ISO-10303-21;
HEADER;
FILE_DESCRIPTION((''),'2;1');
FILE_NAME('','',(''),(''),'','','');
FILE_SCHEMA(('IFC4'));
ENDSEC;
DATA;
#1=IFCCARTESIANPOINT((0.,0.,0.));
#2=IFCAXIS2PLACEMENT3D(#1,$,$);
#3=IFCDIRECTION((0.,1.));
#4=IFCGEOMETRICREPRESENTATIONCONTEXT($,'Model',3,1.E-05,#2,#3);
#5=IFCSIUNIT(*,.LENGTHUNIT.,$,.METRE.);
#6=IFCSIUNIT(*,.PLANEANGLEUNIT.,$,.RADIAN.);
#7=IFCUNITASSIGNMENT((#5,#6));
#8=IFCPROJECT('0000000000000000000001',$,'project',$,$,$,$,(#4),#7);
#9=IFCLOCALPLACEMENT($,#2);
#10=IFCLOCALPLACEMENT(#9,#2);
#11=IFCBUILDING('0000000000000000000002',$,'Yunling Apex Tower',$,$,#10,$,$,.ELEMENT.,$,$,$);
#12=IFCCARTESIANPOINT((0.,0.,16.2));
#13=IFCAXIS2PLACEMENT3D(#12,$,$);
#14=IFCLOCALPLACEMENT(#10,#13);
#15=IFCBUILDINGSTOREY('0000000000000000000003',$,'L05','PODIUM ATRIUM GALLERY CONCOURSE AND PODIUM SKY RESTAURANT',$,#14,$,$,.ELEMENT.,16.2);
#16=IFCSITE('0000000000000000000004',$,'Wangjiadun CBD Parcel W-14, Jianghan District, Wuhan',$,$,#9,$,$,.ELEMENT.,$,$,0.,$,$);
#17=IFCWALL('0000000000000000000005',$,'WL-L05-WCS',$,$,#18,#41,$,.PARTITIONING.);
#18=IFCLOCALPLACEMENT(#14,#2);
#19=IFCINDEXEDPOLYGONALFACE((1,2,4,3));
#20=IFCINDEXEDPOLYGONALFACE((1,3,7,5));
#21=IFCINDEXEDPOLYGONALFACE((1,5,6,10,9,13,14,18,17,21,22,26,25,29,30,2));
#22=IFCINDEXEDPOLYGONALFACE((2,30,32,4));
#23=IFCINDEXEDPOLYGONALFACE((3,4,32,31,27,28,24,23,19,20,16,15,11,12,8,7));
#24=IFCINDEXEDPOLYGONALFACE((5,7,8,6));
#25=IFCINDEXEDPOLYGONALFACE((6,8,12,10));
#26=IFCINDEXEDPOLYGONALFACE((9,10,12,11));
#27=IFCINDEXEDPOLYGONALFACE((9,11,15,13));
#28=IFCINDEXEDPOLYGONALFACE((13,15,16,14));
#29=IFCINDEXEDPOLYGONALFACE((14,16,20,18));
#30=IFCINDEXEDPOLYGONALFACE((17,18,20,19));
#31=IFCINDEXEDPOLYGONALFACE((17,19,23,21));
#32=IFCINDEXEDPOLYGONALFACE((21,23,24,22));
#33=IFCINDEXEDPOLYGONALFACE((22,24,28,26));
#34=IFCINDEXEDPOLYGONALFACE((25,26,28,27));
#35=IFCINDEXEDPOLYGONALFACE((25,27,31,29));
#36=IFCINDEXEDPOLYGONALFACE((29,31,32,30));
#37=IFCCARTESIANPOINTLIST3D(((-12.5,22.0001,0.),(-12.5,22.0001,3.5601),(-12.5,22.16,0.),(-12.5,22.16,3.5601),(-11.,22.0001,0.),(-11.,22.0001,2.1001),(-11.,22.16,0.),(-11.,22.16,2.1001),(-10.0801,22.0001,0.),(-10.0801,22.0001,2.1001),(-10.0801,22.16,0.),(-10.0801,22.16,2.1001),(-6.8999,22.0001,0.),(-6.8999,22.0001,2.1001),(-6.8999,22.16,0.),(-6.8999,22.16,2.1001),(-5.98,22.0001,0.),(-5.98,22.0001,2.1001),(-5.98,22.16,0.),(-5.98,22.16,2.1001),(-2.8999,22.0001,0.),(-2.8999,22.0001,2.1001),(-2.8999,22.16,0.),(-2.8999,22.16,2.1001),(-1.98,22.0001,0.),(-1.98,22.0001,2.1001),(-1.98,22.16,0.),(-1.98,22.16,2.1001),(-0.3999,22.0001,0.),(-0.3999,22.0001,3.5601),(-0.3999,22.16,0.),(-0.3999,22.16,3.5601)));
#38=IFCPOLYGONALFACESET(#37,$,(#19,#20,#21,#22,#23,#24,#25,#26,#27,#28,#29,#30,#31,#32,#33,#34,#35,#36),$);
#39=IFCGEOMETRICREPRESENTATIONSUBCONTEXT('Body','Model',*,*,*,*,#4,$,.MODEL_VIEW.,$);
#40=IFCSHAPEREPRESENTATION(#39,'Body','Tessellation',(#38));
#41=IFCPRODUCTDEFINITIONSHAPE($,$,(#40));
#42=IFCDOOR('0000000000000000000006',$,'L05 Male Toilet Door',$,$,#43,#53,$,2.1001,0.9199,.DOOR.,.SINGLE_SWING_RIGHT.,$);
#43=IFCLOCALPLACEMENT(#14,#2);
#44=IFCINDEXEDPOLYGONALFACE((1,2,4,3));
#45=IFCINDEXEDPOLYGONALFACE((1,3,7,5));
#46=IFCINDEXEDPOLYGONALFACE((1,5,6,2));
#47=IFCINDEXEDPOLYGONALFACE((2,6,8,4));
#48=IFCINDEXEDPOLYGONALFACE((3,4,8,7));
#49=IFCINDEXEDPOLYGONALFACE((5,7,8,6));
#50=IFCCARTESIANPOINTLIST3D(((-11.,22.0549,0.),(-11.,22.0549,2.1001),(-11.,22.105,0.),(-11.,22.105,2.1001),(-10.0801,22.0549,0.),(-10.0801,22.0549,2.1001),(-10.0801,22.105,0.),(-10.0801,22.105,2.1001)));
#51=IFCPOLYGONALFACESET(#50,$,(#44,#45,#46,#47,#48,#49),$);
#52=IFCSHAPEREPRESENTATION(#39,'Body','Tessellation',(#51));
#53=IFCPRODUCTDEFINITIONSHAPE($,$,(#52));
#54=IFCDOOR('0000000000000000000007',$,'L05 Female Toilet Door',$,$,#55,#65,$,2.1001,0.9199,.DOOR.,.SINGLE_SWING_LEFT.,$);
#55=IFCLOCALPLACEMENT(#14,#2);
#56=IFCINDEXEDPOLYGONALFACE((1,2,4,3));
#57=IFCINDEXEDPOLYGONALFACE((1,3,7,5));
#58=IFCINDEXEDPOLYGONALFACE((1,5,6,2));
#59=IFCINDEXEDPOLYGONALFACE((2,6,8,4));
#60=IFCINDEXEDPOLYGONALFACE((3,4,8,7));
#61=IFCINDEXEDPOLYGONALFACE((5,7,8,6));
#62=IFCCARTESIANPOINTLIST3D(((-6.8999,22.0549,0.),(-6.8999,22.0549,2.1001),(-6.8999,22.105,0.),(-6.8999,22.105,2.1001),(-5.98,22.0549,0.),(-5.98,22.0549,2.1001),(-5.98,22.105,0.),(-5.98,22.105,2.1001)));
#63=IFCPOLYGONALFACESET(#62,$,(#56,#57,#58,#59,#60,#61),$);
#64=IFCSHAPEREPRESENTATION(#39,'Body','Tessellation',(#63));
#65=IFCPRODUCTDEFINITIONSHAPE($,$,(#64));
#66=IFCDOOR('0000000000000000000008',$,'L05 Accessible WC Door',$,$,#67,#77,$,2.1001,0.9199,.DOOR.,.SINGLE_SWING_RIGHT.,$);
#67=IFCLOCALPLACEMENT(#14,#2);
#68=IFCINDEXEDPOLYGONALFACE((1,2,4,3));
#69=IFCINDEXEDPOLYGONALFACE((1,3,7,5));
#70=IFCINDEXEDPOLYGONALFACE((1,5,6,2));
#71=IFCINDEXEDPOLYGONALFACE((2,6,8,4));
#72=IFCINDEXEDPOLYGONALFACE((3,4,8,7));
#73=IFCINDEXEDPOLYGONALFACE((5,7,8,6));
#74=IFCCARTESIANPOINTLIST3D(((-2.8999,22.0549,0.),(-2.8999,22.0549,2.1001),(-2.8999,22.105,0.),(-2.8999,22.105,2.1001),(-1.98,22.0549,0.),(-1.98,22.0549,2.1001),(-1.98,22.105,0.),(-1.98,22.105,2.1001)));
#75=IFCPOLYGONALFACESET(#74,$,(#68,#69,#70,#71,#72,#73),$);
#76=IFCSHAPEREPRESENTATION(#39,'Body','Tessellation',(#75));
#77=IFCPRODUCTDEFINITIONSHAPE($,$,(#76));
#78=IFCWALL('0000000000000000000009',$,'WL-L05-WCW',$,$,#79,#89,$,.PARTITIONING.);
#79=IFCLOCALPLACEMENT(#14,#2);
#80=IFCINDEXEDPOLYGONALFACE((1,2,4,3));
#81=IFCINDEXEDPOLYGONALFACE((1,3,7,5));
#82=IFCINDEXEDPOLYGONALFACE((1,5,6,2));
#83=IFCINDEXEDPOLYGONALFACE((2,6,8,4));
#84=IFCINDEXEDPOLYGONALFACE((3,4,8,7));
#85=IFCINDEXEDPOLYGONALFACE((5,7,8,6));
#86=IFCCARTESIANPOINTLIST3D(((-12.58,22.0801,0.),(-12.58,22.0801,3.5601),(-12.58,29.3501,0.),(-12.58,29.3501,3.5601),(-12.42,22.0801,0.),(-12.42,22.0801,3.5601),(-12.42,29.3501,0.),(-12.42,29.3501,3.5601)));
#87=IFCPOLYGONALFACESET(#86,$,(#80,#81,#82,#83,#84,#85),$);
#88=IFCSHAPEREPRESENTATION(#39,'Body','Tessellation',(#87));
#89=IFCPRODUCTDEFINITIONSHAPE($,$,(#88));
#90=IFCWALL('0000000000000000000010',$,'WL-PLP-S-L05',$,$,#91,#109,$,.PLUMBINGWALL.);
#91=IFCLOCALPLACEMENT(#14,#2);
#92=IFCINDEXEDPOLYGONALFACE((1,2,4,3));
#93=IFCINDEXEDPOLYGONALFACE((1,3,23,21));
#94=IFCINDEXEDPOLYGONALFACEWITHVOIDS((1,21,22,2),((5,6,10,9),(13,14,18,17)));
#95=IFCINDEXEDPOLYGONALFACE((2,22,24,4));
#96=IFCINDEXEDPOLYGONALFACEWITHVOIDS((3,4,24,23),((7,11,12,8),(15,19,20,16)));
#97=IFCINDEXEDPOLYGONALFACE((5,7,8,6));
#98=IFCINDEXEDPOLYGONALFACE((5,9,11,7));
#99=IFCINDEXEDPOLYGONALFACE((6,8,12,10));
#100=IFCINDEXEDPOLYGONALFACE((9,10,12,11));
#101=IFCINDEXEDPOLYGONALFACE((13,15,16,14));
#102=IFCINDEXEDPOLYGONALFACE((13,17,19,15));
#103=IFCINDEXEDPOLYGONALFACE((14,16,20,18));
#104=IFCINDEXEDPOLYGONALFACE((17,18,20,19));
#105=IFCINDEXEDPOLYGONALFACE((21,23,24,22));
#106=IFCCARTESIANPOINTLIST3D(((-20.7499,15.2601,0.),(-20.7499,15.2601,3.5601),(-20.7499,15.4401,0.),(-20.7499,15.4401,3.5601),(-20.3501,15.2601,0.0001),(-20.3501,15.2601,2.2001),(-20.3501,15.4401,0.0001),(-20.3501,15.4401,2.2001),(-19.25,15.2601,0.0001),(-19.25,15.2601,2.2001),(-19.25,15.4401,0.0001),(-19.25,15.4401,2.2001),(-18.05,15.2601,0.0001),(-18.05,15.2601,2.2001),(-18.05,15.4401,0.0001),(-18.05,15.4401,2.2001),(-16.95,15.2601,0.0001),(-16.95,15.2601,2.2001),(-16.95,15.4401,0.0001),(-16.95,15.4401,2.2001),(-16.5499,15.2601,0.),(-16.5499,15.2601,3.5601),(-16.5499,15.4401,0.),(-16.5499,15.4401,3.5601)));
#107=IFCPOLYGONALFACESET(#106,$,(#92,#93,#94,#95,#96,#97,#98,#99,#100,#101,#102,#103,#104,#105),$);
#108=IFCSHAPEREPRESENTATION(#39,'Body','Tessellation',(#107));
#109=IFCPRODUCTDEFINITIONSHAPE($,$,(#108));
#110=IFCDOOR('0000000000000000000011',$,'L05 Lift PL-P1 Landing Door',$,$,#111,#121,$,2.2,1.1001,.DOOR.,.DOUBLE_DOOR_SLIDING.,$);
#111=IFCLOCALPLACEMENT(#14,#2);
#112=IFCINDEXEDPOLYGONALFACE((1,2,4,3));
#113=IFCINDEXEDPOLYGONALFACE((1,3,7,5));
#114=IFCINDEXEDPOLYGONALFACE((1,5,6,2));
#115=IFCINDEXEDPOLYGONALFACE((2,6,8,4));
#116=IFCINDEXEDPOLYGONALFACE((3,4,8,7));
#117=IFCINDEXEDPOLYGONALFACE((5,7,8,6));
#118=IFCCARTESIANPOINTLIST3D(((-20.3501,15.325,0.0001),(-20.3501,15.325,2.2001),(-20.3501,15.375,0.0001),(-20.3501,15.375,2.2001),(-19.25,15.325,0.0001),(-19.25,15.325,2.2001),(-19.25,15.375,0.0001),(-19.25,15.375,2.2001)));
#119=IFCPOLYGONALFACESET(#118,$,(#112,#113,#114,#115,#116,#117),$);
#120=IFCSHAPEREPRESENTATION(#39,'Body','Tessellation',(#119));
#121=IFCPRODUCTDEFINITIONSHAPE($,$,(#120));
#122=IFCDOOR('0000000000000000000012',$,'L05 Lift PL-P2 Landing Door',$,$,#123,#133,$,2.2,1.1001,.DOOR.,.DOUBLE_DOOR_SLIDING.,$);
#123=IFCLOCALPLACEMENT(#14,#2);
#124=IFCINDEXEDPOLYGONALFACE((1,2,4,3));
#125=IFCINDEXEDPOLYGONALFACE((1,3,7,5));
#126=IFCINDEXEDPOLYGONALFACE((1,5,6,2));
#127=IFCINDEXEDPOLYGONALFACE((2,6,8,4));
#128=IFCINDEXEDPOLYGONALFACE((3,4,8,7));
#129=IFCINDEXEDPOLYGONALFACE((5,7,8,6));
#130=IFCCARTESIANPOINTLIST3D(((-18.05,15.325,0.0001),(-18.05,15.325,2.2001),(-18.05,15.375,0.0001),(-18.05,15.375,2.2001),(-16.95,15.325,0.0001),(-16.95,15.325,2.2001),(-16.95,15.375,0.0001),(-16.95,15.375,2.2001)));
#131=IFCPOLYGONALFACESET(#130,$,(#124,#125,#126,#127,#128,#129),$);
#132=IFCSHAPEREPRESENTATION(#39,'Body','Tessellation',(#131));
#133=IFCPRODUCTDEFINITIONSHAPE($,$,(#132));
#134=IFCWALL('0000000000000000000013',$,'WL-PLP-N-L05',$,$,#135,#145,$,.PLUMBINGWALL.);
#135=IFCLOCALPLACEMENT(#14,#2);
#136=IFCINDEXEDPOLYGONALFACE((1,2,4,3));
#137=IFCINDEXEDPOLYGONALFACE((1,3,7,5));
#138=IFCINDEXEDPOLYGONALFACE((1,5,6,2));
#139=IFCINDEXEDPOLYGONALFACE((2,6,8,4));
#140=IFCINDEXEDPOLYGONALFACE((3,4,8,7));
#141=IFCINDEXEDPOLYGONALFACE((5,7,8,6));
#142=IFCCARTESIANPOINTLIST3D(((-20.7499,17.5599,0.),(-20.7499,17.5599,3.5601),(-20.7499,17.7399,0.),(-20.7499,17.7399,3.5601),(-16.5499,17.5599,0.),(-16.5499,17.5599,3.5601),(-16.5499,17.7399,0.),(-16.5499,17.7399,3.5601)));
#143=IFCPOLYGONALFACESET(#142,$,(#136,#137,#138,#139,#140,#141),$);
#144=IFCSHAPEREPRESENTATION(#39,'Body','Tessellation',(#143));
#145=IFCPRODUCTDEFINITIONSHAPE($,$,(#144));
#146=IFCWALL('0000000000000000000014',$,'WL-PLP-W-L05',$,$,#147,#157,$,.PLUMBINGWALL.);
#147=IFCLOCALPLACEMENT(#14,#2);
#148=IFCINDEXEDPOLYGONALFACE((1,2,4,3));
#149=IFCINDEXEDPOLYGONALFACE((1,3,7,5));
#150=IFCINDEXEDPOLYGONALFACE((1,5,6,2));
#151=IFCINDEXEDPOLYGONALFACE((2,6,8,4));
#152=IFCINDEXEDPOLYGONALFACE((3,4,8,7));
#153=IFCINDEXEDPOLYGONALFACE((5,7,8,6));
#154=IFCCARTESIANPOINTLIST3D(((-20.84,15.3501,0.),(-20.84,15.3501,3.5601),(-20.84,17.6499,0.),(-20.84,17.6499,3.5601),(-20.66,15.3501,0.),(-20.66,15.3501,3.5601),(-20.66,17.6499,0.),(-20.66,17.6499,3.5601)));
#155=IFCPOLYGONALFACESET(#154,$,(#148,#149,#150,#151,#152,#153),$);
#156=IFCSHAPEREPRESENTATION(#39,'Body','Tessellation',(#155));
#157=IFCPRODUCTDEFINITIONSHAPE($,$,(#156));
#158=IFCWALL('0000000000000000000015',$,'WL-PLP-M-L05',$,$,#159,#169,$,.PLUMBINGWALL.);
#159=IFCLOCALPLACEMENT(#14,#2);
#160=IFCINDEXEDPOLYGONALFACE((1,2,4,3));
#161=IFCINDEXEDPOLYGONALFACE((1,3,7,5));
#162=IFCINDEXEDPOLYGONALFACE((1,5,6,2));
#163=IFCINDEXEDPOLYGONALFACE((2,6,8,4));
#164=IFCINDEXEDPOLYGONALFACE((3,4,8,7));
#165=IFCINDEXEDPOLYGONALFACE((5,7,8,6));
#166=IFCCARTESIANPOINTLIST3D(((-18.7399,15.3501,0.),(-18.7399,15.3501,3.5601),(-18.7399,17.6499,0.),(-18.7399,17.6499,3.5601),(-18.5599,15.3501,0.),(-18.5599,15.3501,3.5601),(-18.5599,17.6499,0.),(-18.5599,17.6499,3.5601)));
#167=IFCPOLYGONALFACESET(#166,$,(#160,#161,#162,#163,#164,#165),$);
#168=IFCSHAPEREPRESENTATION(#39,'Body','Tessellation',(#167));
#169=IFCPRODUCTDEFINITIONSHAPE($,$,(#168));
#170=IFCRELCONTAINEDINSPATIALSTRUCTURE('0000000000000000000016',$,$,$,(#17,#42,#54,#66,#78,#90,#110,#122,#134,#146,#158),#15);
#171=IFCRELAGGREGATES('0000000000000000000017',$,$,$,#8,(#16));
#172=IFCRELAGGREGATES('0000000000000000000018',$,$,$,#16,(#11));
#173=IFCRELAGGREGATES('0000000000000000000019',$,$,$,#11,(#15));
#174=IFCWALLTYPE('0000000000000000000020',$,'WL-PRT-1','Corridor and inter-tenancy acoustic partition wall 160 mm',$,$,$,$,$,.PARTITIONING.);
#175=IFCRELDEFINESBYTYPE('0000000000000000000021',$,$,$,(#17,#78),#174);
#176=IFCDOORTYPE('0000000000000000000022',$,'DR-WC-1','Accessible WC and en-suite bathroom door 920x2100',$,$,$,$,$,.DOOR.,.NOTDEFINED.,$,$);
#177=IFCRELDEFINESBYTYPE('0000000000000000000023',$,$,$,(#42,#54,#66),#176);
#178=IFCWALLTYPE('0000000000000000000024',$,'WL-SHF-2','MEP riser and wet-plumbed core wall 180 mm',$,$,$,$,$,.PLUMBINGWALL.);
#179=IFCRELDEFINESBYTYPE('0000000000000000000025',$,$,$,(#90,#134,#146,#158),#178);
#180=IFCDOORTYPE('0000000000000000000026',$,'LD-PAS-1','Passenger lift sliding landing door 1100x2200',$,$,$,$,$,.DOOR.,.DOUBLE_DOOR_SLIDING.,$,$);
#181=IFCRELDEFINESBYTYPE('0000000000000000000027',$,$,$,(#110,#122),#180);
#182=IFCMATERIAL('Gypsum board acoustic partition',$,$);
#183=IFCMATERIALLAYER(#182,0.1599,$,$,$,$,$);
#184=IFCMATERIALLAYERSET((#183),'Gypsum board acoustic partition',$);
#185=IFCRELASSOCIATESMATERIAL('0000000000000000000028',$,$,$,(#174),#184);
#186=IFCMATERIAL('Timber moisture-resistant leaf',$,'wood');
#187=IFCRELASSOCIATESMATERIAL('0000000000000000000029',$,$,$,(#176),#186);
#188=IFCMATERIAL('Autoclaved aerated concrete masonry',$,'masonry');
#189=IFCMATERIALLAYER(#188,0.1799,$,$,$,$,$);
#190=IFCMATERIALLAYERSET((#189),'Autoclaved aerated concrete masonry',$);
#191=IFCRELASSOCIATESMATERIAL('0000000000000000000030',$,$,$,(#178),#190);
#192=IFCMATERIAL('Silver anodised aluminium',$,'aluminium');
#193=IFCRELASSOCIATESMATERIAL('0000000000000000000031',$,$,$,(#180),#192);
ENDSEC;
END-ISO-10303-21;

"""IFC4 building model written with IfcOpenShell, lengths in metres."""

from ifc_helpers import new_model, si_unit, direction, frame, frame_2d, origin, place, context, subcontext, project, spatial, rectangle, extrude, material, layer, layer_set, type_object, element, fill, save


model = new_model("IFC4")

# Units and contexts
model_context = context("Model", 3, precision=1e-05, world=origin(), true_north=direction((0.0, 1.0)))
body_context = subcontext(model_context, "Body", "Model", "MODEL_VIEW")
ifc_project = project(units=[si_unit("LENGTHUNIT", "METRE"), si_unit("PLANEANGLEUNIT", "RADIAN")], contexts=[model_context])

# Site, building, storey
site_placement = place(None, origin())
site = spatial("IfcSite", under=ifc_project, at=site_placement, Name="Wangjiadun CBD Parcel W-14, Jianghan District, Wuhan", CompositionType="ELEMENT", RefElevation=0.0)
building_placement = place(site_placement, origin())
building = spatial("IfcBuilding", under=site, at=building_placement, Name="Yunling Apex Tower", CompositionType="ELEMENT")
storey_placement = place(building_placement, frame((0.0, 0.0, 16.2)))
storey = spatial("IfcBuildingStorey", under=building, at=storey_placement, Name="L05", Description="PODIUM ATRIUM GALLERY CONCOURSE AND PODIUM SKY RESTAURANT", CompositionType="ELEMENT", Elevation=16.2)

# Wall, openings, doors
ifc_material_1 = material(Name="Gypsum board acoustic partition")
ifc_layer_1 = layer(ifc_material_1, 0.1599)
ifc_layer_set_1 = layer_set([ifc_layer_1], Name="Gypsum board acoustic partition")
wall_type_1 = type_object("IfcWallType", Name="WL-PRT-1", Description="Corridor and inter-tenancy acoustic partition wall 160 mm", PredefinedType="PARTITIONING", material=ifc_layer_set_1)
wall_1_placement = place(storey_placement, frame((-12.5, 22.0801, 0.0), z_axis=(0.0, 0.0, 1.0), x_axis=(1.0, 0.0, 0.0)))
wall_1 = element("IfcWall", 1, at=wall_1_placement, inside=storey, type_object=wall_type_1, Name="WL-L05-WCS", PredefinedType="PARTITIONING", context=body_context, shape_type="SweptSolid", body=[
    extrude(rectangle(XDim=12.1001, YDim=0.1599, at=frame_2d((6.05, 0.0))), origin(), (0.0, 0.0, 1.0), 3.5601),
])
opening_1_placement = place(wall_1_placement, frame((1.5, 0.0, 0.0)))
opening_1 = element("IfcOpeningElement", 2, at=opening_1_placement, cuts=wall_1, PredefinedType="OPENING", context=body_context, shape_type="SweptSolid", body=[
    extrude(rectangle(XDim=0.9199, YDim=2.1001, at=frame_2d((0.46, 1.05))), frame((0.0, 0.0898, 0.0), z_axis=(0.0, -1.0, 0.0), x_axis=(1.0, 0.0, 0.0)), (0.0, 0.0, 1.0), 0.1799),
])
opening_2_placement = place(wall_1_placement, frame((5.6001, 0.0, 0.0)))
opening_2 = element("IfcOpeningElement", 3, at=opening_2_placement, cuts=wall_1, PredefinedType="OPENING", context=body_context, shape_type="SweptSolid", body=[
    extrude(rectangle(XDim=0.9199, YDim=2.1001, at=frame_2d((0.46, 1.05))), frame((0.0, 0.0898, 0.0), z_axis=(0.0, -1.0, 0.0), x_axis=(1.0, 0.0, 0.0)), (0.0, 0.0, 1.0), 0.1799),
])
opening_3_placement = place(wall_1_placement, frame((9.6001, 0.0, 0.0)))
opening_3 = element("IfcOpeningElement", 4, at=opening_3_placement, cuts=wall_1, PredefinedType="OPENING", context=body_context, shape_type="SweptSolid", body=[
    extrude(rectangle(XDim=0.9199, YDim=2.1001, at=frame_2d((0.46, 1.05))), frame((0.0, 0.0898, 0.0), z_axis=(0.0, -1.0, 0.0), x_axis=(1.0, 0.0, 0.0)), (0.0, 0.0, 1.0), 0.1799),
])
ifc_material_2 = material(Name="Timber moisture-resistant leaf", Category="wood")
door_type_1 = type_object("IfcDoorType", Name="DR-WC-1", Description="Accessible WC and en-suite bathroom door 920x2100", OperationType="NOTDEFINED", PredefinedType="DOOR", material=ifc_material_2)
door_1_placement = place(opening_1_placement, origin())
door_1 = element("IfcDoor", 5, at=door_1_placement, inside=storey, type_object=door_type_1, Name="L05 Male Toilet Door", OperationType="SINGLE_SWING_RIGHT", OverallHeight=2.1001, OverallWidth=0.9199, PredefinedType="DOOR", context=body_context, shape_type="SweptSolid", body=[
    extrude(rectangle(XDim=0.9199, YDim=2.1001, at=frame_2d((0.46, 1.05))), frame((0.0, 0.0249, 0.0), z_axis=(0.0, -1.0, 0.0), x_axis=(1.0, 0.0, 0.0)), (0.0, 0.0, 1.0), 0.05),
])
fill(opening_1, door_1)
door_2_placement = place(opening_2_placement, origin())
door_2 = element("IfcDoor", 6, at=door_2_placement, inside=storey, type_object=door_type_1, Name="L05 Female Toilet Door", OperationType="SINGLE_SWING_LEFT", OverallHeight=2.1001, OverallWidth=0.9199, PredefinedType="DOOR", context=body_context, shape_type="SweptSolid", body=[
    extrude(rectangle(XDim=0.9199, YDim=2.1001, at=frame_2d((0.46, 1.05))), frame((0.0, 0.0249, 0.0), z_axis=(0.0, -1.0, 0.0), x_axis=(1.0, 0.0, 0.0)), (0.0, 0.0, 1.0), 0.05),
])
fill(opening_2, door_2)
door_3_placement = place(opening_3_placement, origin())
door_3 = element("IfcDoor", 7, at=door_3_placement, inside=storey, type_object=door_type_1, Name="L05 Accessible WC Door", OperationType="SINGLE_SWING_RIGHT", OverallHeight=2.1001, OverallWidth=0.9199, PredefinedType="DOOR", context=body_context, shape_type="SweptSolid", body=[
    extrude(rectangle(XDim=0.9199, YDim=2.1001, at=frame_2d((0.46, 1.05))), frame((0.0, 0.0249, 0.0), z_axis=(0.0, -1.0, 0.0), x_axis=(1.0, 0.0, 0.0)), (0.0, 0.0, 1.0), 0.05),
])
fill(opening_3, door_3)

# Wall
wall_2_placement = place(storey_placement, frame((-12.5, 22.0801, 0.0), z_axis=(0.0, 0.0, 1.0), x_axis=(0.0, 1.0, 0.0)))
element("IfcWall", 8, at=wall_2_placement, inside=storey, type_object=wall_type_1, Name="WL-L05-WCW", PredefinedType="PARTITIONING", context=body_context, shape_type="SweptSolid", body=[
    extrude(rectangle(XDim=7.27, YDim=0.1599, at=frame_2d((3.635, 0.0))), origin(), (0.0, 0.0, 1.0), 3.5601),
])

# Wall, openings, doors
ifc_material_3 = material(Name="Autoclaved aerated concrete masonry", Category="masonry")
ifc_layer_2 = layer(ifc_material_3, 0.1799)
ifc_layer_set_2 = layer_set([ifc_layer_2], Name="Autoclaved aerated concrete masonry")
wall_type_2 = type_object("IfcWallType", Name="WL-SHF-2", Description="MEP riser and wet-plumbed core wall 180 mm", PredefinedType="PLUMBINGWALL", material=ifc_layer_set_2)
wall_3_placement = place(storey_placement, frame((-20.75, 15.3501, 0.0), z_axis=(0.0, 0.0, 1.0), x_axis=(1.0, 0.0, 0.0)))
wall_3 = element("IfcWall", 9, at=wall_3_placement, inside=storey, type_object=wall_type_2, Name="WL-PLP-S-L05", PredefinedType="PLUMBINGWALL", context=body_context, shape_type="SweptSolid", body=[
    extrude(rectangle(XDim=4.2, YDim=0.1799, at=frame_2d((2.1001, 0.0))), origin(), (0.0, 0.0, 1.0), 3.5601),
])
opening_4_placement = place(wall_3_placement, frame((0.3999, 0.0, 0.0)))
opening_4 = element("IfcOpeningElement", 10, at=opening_4_placement, cuts=wall_3, PredefinedType="OPENING", context=body_context, shape_type="SweptSolid", body=[
    extrude(rectangle(XDim=1.1001, YDim=2.2, at=frame_2d((0.55, 1.1001))), frame((0.0, 0.1001, 0.0), z_axis=(0.0, -1.0, 0.0), x_axis=(1.0, 0.0, 0.0)), (0.0, 0.0, 1.0), 0.2),
])
opening_5_placement = place(wall_3_placement, frame((2.7, 0.0, 0.0)))
opening_5 = element("IfcOpeningElement", 11, at=opening_5_placement, cuts=wall_3, PredefinedType="OPENING", context=body_context, shape_type="SweptSolid", body=[
    extrude(rectangle(XDim=1.1001, YDim=2.2, at=frame_2d((0.55, 1.1001))), frame((0.0, 0.1001, 0.0), z_axis=(0.0, -1.0, 0.0), x_axis=(1.0, 0.0, 0.0)), (0.0, 0.0, 1.0), 0.2),
])
ifc_material_4 = material(Name="Silver anodised aluminium", Category="aluminium")
door_type_2 = type_object("IfcDoorType", Name="LD-PAS-1", Description="Passenger lift sliding landing door 1100x2200", OperationType="DOUBLE_DOOR_SLIDING", PredefinedType="DOOR", material=ifc_material_4)
door_4_placement = place(opening_4_placement, origin())
door_4 = element("IfcDoor", 12, at=door_4_placement, inside=storey, type_object=door_type_2, Name="L05 Lift PL-P1 Landing Door", OperationType="DOUBLE_DOOR_SLIDING", OverallHeight=2.2, OverallWidth=1.1001, PredefinedType="DOOR", context=body_context, shape_type="SweptSolid", body=[
    extrude(rectangle(XDim=1.1001, YDim=2.2, at=frame_2d((0.55, 1.1001))), frame((0.0, 0.0249, 0.0), z_axis=(0.0, -1.0, 0.0), x_axis=(1.0, 0.0, 0.0)), (0.0, 0.0, 1.0), 0.05),
])
fill(opening_4, door_4)
door_5_placement = place(opening_5_placement, origin())
door_5 = element("IfcDoor", 13, at=door_5_placement, inside=storey, type_object=door_type_2, Name="L05 Lift PL-P2 Landing Door", OperationType="DOUBLE_DOOR_SLIDING", OverallHeight=2.2, OverallWidth=1.1001, PredefinedType="DOOR", context=body_context, shape_type="SweptSolid", body=[
    extrude(rectangle(XDim=1.1001, YDim=2.2, at=frame_2d((0.55, 1.1001))), frame((0.0, 0.0249, 0.0), z_axis=(0.0, -1.0, 0.0), x_axis=(1.0, 0.0, 0.0)), (0.0, 0.0, 1.0), 0.05),
])
fill(opening_5, door_5)

# Walls
wall_4_placement = place(storey_placement, frame((-20.75, 17.6499, 0.0), z_axis=(0.0, 0.0, 1.0), x_axis=(1.0, 0.0, 0.0)))
element("IfcWall", 14, at=wall_4_placement, inside=storey, type_object=wall_type_2, Name="WL-PLP-N-L05", PredefinedType="PLUMBINGWALL", context=body_context, shape_type="SweptSolid", body=[
    extrude(rectangle(XDim=4.2, YDim=0.1799, at=frame_2d((2.1001, 0.0))), origin(), (0.0, 0.0, 1.0), 3.5601),
])
for number, where, z_axis, x_axis, name in (
    (15, (-20.75, 15.3501, 0.0), (0.0, 0.0, 1.0), (0.0, 1.0, 0.0), "WL-PLP-W-L05"),
    (16, (-18.6499, 15.3501, 0.0), (0.0, 0.0, 1.0), (0.0, 1.0, 0.0), "WL-PLP-M-L05"),
):
    element("IfcWall", number, at=place(storey_placement, frame(where, z_axis=z_axis, x_axis=x_axis)), inside=storey, type_object=wall_type_2, Name=name, PredefinedType="PLUMBINGWALL", context=body_context, shape_type="SweptSolid", body=[
        extrude(rectangle(XDim=2.2998, YDim=0.1799, at=frame_2d((1.1499, 0.0))), origin(), (0.0, 0.0, 1.0), 3.5601),
    ])

save(model, "model.ifc")
